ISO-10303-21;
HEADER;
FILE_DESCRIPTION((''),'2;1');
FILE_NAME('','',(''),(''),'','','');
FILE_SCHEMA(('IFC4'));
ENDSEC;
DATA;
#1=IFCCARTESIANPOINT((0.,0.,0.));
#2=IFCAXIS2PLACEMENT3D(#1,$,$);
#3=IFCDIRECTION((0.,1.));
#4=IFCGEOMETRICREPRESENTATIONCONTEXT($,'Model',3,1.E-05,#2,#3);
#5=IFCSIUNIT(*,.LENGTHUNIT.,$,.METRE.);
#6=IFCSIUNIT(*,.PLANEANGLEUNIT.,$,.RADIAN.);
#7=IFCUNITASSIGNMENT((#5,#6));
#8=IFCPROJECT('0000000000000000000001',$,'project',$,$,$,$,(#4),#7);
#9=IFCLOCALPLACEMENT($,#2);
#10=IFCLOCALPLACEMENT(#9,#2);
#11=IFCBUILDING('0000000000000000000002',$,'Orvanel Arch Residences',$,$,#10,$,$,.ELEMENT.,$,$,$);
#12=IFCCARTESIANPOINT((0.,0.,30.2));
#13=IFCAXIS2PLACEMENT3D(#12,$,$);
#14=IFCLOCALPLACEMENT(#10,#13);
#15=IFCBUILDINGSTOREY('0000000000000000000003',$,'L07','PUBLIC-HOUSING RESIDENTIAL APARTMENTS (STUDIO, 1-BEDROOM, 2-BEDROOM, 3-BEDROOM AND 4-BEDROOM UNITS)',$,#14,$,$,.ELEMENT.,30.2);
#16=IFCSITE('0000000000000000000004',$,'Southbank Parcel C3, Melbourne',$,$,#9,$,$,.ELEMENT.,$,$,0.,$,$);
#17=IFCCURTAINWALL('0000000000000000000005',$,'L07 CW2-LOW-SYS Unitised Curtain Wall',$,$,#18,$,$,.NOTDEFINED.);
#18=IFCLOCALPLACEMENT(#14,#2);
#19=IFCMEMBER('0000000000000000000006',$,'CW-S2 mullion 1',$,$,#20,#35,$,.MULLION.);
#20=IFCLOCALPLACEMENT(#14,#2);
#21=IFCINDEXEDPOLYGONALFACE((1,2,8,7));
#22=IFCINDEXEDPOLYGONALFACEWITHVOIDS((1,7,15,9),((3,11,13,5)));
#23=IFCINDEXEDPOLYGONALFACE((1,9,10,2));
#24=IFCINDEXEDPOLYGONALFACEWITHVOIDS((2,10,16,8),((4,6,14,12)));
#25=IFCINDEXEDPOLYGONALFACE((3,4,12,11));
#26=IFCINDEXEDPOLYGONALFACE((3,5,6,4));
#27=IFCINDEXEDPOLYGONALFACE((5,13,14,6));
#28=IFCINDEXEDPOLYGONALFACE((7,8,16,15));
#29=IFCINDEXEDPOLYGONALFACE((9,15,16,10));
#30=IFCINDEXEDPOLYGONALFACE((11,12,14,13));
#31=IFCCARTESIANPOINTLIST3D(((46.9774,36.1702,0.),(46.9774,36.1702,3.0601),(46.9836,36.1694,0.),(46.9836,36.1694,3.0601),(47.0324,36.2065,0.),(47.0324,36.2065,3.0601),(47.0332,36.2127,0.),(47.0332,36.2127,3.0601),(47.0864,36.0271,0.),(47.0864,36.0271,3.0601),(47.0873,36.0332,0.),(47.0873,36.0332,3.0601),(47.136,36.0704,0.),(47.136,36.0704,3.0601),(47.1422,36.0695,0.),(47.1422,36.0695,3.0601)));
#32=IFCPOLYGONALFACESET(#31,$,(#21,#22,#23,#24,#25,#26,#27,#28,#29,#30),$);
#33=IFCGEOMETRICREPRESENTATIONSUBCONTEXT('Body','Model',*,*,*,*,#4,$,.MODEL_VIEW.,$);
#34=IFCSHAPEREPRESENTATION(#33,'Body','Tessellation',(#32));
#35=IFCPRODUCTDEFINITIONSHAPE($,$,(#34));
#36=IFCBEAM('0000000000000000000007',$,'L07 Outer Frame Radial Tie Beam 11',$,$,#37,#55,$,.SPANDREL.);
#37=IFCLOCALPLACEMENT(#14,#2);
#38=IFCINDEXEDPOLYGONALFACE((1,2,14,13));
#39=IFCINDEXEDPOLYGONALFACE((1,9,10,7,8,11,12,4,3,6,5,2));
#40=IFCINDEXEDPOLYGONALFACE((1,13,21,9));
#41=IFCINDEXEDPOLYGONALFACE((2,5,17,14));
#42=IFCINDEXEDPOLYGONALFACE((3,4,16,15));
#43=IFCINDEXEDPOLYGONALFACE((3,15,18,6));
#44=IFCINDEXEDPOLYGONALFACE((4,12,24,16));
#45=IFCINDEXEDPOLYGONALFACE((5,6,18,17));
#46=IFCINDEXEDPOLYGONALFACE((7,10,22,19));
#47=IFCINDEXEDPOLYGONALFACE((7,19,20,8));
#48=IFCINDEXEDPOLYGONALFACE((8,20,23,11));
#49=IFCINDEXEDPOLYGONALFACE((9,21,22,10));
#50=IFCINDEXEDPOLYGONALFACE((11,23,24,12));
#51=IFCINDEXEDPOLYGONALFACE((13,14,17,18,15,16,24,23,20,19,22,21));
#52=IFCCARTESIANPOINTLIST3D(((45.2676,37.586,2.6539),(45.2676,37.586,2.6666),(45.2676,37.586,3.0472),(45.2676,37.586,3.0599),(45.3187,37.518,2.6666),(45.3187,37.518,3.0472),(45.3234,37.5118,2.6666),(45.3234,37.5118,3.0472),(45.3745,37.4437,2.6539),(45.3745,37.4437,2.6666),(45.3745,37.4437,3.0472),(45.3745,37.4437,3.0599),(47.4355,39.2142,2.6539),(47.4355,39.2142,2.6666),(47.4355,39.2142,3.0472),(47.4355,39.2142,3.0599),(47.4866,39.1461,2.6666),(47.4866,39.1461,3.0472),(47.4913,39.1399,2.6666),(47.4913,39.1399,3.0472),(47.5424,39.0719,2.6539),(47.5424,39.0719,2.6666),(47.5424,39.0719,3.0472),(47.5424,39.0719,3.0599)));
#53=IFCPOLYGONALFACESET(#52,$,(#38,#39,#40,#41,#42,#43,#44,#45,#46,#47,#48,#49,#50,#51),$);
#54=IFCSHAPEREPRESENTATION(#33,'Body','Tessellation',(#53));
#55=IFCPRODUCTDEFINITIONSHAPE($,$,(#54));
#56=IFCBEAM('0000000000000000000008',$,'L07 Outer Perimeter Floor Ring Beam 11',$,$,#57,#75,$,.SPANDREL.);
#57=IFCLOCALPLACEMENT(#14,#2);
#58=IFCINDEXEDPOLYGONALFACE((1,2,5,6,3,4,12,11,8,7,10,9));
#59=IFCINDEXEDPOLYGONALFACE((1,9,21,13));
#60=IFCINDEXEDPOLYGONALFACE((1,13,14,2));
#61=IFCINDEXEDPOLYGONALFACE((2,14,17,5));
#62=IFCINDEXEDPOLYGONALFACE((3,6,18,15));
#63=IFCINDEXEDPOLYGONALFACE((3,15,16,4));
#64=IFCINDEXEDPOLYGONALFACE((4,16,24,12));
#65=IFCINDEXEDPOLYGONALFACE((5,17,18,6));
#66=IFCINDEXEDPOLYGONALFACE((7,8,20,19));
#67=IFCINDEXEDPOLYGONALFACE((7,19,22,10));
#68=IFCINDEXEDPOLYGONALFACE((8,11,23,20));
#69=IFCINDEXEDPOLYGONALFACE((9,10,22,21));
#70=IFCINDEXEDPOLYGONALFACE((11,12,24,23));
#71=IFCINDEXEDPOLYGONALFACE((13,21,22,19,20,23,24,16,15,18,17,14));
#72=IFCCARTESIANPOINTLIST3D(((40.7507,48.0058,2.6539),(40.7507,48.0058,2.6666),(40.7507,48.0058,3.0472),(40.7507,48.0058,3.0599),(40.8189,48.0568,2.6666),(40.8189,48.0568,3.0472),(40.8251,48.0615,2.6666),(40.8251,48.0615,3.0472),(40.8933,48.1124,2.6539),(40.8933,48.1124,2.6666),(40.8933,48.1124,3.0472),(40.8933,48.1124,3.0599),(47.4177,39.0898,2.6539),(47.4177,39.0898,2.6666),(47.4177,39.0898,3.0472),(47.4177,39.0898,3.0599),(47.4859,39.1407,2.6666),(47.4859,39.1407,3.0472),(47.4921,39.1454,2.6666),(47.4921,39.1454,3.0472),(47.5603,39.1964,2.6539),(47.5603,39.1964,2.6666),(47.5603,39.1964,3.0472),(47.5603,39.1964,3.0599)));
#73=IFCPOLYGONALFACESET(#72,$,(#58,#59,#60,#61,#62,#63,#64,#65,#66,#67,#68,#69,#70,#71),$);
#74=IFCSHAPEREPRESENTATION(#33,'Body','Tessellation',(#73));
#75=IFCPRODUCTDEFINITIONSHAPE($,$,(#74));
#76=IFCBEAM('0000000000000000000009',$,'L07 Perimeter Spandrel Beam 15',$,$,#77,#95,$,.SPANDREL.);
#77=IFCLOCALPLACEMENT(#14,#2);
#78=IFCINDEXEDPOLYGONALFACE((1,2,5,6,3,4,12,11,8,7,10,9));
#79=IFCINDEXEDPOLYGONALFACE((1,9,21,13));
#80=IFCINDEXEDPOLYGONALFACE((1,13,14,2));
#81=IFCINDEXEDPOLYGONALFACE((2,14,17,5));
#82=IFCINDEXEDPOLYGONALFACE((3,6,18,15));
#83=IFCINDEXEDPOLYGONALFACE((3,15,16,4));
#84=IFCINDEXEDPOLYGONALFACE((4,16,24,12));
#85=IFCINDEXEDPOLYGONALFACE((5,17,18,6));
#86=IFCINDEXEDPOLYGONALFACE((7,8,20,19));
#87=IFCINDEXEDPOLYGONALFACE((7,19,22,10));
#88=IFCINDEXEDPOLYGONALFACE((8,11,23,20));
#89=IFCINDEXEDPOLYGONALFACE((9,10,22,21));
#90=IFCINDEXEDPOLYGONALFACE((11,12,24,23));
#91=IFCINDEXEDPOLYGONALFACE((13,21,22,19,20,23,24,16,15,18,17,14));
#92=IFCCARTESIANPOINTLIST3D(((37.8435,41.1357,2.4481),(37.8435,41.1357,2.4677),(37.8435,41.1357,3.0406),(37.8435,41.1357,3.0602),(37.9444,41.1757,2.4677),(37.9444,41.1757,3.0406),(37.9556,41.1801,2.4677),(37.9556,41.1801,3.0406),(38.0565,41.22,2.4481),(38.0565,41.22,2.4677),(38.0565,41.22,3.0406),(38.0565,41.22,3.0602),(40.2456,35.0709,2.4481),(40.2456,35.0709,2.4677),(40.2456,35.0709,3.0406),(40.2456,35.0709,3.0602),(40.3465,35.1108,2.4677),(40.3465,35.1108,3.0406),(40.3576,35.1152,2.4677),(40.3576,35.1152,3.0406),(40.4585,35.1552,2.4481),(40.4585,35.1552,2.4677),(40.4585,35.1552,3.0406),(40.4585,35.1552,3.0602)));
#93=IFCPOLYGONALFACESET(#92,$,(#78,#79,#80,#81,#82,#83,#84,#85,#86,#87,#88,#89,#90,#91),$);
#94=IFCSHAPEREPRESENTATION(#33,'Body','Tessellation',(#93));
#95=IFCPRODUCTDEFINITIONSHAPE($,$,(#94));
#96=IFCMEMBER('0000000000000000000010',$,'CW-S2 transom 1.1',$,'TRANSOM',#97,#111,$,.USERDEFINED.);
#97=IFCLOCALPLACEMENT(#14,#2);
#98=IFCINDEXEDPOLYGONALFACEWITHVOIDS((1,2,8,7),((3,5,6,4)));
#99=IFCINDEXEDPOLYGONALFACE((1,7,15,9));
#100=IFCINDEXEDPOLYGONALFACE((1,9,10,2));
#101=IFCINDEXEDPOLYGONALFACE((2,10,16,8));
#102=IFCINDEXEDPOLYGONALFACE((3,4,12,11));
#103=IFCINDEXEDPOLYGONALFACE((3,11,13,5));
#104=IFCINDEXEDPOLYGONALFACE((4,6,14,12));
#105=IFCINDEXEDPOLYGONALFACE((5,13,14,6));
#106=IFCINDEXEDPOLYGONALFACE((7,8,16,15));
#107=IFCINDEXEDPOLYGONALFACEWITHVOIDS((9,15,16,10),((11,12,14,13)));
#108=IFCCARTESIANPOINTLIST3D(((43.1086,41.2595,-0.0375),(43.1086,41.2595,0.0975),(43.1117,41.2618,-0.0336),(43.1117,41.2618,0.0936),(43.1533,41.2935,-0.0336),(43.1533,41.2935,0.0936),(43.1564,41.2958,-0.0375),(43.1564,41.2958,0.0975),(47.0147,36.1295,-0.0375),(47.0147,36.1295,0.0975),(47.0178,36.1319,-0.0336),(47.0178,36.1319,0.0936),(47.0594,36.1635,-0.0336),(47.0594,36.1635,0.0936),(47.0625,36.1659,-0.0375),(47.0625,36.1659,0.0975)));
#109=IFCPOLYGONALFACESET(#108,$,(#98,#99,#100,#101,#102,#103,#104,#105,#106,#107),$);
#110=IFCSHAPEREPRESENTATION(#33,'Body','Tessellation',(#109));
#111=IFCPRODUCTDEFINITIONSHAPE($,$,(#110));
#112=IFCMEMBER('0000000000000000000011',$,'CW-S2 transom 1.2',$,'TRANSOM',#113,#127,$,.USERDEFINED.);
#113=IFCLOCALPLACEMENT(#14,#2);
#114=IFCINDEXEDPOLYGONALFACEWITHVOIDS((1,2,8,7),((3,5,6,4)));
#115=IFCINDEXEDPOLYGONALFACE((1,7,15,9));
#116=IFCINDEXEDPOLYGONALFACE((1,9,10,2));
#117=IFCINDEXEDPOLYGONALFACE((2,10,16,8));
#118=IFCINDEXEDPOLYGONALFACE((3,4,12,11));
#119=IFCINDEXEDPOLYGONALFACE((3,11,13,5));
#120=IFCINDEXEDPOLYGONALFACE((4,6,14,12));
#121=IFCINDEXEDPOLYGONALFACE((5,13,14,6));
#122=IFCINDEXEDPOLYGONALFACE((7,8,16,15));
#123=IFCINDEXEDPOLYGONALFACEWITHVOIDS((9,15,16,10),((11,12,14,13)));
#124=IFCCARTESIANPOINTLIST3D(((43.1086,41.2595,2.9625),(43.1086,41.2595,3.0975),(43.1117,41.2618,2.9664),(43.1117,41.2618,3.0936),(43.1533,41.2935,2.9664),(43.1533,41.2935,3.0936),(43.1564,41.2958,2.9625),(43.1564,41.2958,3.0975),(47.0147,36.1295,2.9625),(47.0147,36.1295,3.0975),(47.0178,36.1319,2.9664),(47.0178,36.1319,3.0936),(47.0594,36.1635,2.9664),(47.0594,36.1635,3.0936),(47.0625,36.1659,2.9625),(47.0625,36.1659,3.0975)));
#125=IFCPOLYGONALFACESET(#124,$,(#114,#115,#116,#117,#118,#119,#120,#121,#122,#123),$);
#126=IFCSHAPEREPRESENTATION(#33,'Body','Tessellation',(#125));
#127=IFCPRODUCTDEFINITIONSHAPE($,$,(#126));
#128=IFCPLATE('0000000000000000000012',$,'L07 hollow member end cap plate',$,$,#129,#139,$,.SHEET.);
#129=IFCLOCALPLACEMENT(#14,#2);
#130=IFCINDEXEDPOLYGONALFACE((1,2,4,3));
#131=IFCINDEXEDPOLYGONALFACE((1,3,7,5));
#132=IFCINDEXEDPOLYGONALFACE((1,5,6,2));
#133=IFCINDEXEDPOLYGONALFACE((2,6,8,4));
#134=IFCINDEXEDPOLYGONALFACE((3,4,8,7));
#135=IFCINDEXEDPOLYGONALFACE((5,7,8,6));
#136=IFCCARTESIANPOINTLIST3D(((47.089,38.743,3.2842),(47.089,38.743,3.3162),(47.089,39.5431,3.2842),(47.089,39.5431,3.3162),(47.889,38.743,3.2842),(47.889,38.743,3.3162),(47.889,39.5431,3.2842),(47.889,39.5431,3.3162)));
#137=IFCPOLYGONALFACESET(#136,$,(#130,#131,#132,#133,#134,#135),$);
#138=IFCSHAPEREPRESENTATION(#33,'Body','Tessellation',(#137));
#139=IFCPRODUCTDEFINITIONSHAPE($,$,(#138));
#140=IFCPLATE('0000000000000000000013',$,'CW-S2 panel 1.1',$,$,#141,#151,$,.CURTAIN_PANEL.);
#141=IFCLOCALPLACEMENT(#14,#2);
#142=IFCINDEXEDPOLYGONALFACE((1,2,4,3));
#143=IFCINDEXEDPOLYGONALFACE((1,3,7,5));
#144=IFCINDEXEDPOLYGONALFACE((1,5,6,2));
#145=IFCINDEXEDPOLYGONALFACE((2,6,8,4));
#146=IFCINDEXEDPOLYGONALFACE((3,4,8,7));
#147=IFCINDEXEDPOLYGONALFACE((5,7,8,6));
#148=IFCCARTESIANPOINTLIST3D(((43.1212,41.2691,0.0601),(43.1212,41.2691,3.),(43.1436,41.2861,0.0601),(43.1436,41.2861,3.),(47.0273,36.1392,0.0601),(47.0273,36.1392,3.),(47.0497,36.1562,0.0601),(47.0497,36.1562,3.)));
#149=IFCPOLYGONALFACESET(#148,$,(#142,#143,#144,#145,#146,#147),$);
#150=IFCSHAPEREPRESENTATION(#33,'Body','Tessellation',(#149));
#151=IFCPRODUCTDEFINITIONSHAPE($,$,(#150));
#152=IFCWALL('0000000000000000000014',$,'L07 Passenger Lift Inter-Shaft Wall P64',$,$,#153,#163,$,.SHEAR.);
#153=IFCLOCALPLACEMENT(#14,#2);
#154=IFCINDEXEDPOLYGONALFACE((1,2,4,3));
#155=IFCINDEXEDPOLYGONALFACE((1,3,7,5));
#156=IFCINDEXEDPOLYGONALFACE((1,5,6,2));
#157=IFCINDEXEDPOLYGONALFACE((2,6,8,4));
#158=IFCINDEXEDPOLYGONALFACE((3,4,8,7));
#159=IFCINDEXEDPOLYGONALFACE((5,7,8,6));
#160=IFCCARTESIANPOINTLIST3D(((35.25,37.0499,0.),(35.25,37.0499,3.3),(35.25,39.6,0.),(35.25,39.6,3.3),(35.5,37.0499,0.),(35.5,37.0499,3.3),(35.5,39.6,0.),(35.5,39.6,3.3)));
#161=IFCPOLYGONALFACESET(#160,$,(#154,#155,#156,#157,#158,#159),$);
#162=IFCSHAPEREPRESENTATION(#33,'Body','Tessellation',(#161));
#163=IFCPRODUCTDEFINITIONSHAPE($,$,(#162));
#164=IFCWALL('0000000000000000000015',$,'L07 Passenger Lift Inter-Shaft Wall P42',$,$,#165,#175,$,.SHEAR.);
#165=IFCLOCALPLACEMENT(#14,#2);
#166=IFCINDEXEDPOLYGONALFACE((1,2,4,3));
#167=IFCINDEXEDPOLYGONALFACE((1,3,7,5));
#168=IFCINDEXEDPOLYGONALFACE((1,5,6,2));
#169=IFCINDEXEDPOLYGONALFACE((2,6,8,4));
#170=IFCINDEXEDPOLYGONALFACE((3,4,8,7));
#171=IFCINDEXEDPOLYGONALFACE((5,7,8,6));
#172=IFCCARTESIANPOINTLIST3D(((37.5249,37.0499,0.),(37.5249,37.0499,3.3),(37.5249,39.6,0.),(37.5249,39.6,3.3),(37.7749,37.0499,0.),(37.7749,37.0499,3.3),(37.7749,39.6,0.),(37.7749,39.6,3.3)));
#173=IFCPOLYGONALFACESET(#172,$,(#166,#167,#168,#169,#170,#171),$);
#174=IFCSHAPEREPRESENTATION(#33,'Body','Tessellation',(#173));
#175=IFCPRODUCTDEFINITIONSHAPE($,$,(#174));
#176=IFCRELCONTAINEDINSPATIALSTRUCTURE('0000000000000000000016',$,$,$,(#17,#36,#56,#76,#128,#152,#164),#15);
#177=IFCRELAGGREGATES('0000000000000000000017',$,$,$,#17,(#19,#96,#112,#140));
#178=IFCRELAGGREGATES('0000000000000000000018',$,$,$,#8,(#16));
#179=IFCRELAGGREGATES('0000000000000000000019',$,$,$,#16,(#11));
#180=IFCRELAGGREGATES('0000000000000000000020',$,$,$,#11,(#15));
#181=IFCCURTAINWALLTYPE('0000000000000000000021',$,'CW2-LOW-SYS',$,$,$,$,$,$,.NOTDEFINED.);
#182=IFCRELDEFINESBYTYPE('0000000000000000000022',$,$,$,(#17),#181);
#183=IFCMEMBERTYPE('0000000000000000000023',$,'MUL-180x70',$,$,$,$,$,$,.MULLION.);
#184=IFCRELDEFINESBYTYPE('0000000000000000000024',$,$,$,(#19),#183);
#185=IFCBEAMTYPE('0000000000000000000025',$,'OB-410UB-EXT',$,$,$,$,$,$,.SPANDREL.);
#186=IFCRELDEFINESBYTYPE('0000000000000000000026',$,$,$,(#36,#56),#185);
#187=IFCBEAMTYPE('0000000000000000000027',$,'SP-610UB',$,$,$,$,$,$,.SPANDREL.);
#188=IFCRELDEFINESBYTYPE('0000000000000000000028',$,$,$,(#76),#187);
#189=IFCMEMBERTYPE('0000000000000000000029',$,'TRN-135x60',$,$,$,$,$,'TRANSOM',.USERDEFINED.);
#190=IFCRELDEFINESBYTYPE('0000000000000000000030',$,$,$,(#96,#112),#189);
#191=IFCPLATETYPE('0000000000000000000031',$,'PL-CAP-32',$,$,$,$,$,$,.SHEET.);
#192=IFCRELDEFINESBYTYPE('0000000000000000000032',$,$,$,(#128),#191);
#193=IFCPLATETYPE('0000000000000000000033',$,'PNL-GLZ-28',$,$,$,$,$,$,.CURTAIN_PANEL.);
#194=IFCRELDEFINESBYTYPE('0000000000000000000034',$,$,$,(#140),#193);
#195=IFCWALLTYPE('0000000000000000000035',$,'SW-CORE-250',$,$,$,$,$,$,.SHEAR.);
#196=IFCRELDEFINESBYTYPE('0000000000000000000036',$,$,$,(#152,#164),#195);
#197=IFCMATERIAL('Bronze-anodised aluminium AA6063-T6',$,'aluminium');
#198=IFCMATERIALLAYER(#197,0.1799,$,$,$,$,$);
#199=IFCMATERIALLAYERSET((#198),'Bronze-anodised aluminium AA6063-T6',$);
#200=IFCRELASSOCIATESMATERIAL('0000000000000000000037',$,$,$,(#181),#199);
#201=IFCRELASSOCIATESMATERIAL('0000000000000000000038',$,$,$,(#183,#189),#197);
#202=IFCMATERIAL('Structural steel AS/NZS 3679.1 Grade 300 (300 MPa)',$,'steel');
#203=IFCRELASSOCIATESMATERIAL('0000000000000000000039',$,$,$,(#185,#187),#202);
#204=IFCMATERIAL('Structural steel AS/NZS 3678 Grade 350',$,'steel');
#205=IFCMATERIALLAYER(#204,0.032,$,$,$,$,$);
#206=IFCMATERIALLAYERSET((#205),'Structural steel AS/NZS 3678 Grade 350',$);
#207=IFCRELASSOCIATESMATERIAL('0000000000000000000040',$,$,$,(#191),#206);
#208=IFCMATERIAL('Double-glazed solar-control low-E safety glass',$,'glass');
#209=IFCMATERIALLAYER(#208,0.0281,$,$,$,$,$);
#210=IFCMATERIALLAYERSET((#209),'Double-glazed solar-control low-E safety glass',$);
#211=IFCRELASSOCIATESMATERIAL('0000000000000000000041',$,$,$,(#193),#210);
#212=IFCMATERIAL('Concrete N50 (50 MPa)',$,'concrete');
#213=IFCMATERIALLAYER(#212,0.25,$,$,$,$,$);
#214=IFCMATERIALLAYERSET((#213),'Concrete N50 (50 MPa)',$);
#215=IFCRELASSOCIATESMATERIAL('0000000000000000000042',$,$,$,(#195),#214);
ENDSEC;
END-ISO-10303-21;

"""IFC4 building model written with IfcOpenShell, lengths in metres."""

from ifc_helpers import new_model, si_unit, direction, frame, frame_2d, origin, origin_2d, place, context, subcontext, project, spatial, rectangle, hollow_rectangle, i_section, extrude, material, layer, layer_set, material_profile, profile_set, type_object, element, aggregate, save


model = new_model("IFC4")

# Units and contexts
model_context = context("Model", 3, precision=1e-05, world=origin(), true_north=direction((0.0, 1.0)))
body_context = subcontext(model_context, "Body", "Model", "MODEL_VIEW")
ifc_project = project(units=[si_unit("LENGTHUNIT", "METRE"), si_unit("PLANEANGLEUNIT", "RADIAN")], contexts=[model_context])

# Site, building, storey
site_placement = place(None, origin())
site = spatial("IfcSite", under=ifc_project, at=site_placement, Name="Southbank Parcel C3, Melbourne", CompositionType="ELEMENT", RefElevation=0.0)
building_placement = place(site_placement, origin())
building = spatial("IfcBuilding", under=site, at=building_placement, Name="Orvanel Arch Residences", CompositionType="ELEMENT")
storey_placement = place(building_placement, frame((0.0, 0.0, 30.2)))
storey = spatial("IfcBuildingStorey", under=building, at=storey_placement, Name="L07", Description="PUBLIC-HOUSING RESIDENTIAL APARTMENTS (STUDIO, 1-BEDROOM, 2-BEDROOM, 3-BEDROOM AND 4-BEDROOM UNITS)", CompositionType="ELEMENT", Elevation=30.2)

# Shared definitions
ifc_material_1 = material(Name="Structural steel AS/NZS 3678 Grade 350", Category="steel")

# Shared definitions
ifc_material_2 = material(Name="Structural steel AS/NZS 3679.1 Grade 300 (300 MPa)", Category="steel")

# Curtain wall, member
ifc_material_3 = material(Name="Bronze-anodised aluminium AA6063-T6", Category="aluminium")
ifc_layer_1 = layer(ifc_material_3, 0.1799)
ifc_layer_set_1 = layer_set([ifc_layer_1], Name="Bronze-anodised aluminium AA6063-T6")
curtain_wall_type = type_object("IfcCurtainWallType", Name="CW2-LOW-SYS", PredefinedType="NOTDEFINED", material=ifc_layer_set_1)
ifc_material_profile_1 = material_profile(ifc_material_3, hollow_rectangle(XDim=0.0701, YDim=0.1799, WallThickness=0.0044, at=origin_2d()), Name="ALU180x70x4.5")
ifc_profile_set_1 = profile_set([ifc_material_profile_1], Name="Bronze-anodised aluminium AA6063-T6")
member_type_1 = type_object("IfcMemberType", Name="MUL-180x70", PredefinedType="MULLION", material=ifc_profile_set_1)
curtain_wall_1_placement = place(storey_placement, origin())
curtain_wall_1 = element("IfcCurtainWall", 1, at=curtain_wall_1_placement, inside=storey, type_object=curtain_wall_type, Name="L07 CW2-LOW-SYS Unitised Curtain Wall", PredefinedType="NOTDEFINED")
member_1_placement = place(storey_placement, frame((47.0598, 36.1199, 0.0), z_axis=(0.0, 0.0, 1.0), x_axis=(-0.795608, -0.605812, 0.0)))
member_1 = element("IfcMember", 2, at=member_1_placement, type_object=member_type_1, Name="CW-S2 mullion 1", PredefinedType="MULLION", context=body_context, shape_type="SweptSolid", body=[
    extrude(hollow_rectangle(XDim=0.0701, YDim=0.1799, WallThickness=0.0044, at=origin_2d()), origin(), (0.0, 0.0, 1.0), 3.0601),
])

# Beams
ifc_material_profile_2 = material_profile(ifc_material_2, i_section(OverallWidth=0.178, OverallDepth=0.406, WebThickness=0.0078, FlangeThickness=0.0127, at=origin_2d()), Name="410UB59.7")
ifc_profile_set_2 = profile_set([ifc_material_profile_2], Name="Structural steel AS/NZS 3679.1 Grade 300 (300 MPa)")
beam_type_1 = type_object("IfcBeamType", Name="OB-410UB-EXT", PredefinedType="SPANDREL", material=ifc_profile_set_2)
beam_1_placement = place(storey_placement, frame((45.321, 37.5149, 2.8569), z_axis=(0.799611, 0.600519, 0.0), x_axis=(-0.600519, 0.799611, 0.0)))
element("IfcBeam", 3, at=beam_1_placement, inside=storey, type_object=beam_type_1, Name="L07 Outer Frame Radial Tie Beam 11", PredefinedType="SPANDREL", context=body_context, shape_type="SweptSolid", body=[
    extrude(i_section(OverallWidth=0.178, OverallDepth=0.406, WebThickness=0.0078, FlangeThickness=0.0127, at=origin_2d()), origin(), (0.0, 0.0, 1.0), 2.7112),
])
beam_2_placement = place(storey_placement, frame((47.489, 39.1431, 2.8569), z_axis=(-0.598849, 0.800862, 0.0), x_axis=(-0.800862, -0.598849, 0.0)))
element("IfcBeam", 4, at=beam_2_placement, inside=storey, type_object=beam_type_1, Name="L07 Outer Perimeter Floor Ring Beam 11", PredefinedType="SPANDREL", context=body_context, shape_type="SweptSolid", body=[
    extrude(i_section(OverallWidth=0.178, OverallDepth=0.406, WebThickness=0.0078, FlangeThickness=0.0127, at=origin_2d()), origin(), (0.0, 0.0, 1.0), 11.1331),
])
ifc_material_profile_3 = material_profile(ifc_material_2, i_section(OverallWidth=0.229, OverallDepth=0.6121, WebThickness=0.012, FlangeThickness=0.0195, at=origin_2d()), Name="610UB125")
ifc_profile_set_3 = profile_set([ifc_material_profile_3], Name="Structural steel AS/NZS 3679.1 Grade 300 (300 MPa)")
beam_type_2 = type_object("IfcBeamType", Name="SP-610UB", PredefinedType="SPANDREL", material=ifc_profile_set_3)
beam_3_placement = place(storey_placement, frame((40.3521, 35.113, 2.7542), z_axis=(-0.368233, 0.929733, 0.0), x_axis=(-0.929733, -0.368233, 0.0)))
element("IfcBeam", 5, at=beam_3_placement, inside=storey, type_object=beam_type_2, Name="L07 Perimeter Spandrel Beam 15", PredefinedType="SPANDREL", context=body_context, shape_type="SweptSolid", body=[
    extrude(i_section(OverallWidth=0.229, OverallDepth=0.6121, WebThickness=0.012, FlangeThickness=0.0195, at=origin_2d()), origin(), (0.0, 0.0, 1.0), 6.5232),
])

# Members
ifc_material_profile_4 = material_profile(ifc_material_3, hollow_rectangle(XDim=0.0601, YDim=0.135, WallThickness=0.0039, at=origin_2d()), Name="ALU135x60x4")
ifc_profile_set_4 = profile_set([ifc_material_profile_4], Name="Bronze-anodised aluminium AA6063-T6")
member_type_2 = type_object("IfcMemberType", Name="TRN-135x60", ElementType="TRANSOM", PredefinedType="USERDEFINED", material=ifc_profile_set_4)
member_2_placement = place(storey_placement, frame((47.0386, 36.1477, 0.03), z_axis=(-0.6058, 0.795617, 0.0), x_axis=(-0.795617, -0.6058, 0.0)))
member_2 = element("IfcMember", 6, at=member_2_placement, type_object=member_type_2, Name="CW-S2 transom 1.1", ObjectType="TRANSOM", PredefinedType="USERDEFINED", context=body_context, shape_type="SweptSolid", body=[
    extrude(hollow_rectangle(XDim=0.0601, YDim=0.135, WallThickness=0.0039, at=origin_2d()), origin(), (0.0, 0.0, 1.0), 6.4478),
])
member_3_placement = place(storey_placement, frame((47.0386, 36.1477, 3.03), z_axis=(-0.6058, 0.795617, 0.0), x_axis=(-0.795617, -0.6058, 0.0)))
member_3 = element("IfcMember", 7, at=member_3_placement, type_object=member_type_2, Name="CW-S2 transom 1.2", ObjectType="TRANSOM", PredefinedType="USERDEFINED", context=body_context, shape_type="SweptSolid", body=[
    extrude(hollow_rectangle(XDim=0.0601, YDim=0.135, WallThickness=0.0039, at=origin_2d()), origin(), (0.0, 0.0, 1.0), 6.4478),
])

# Plates
ifc_layer_2 = layer(ifc_material_1, 0.032)
ifc_layer_set_2 = layer_set([ifc_layer_2], Name="Structural steel AS/NZS 3678 Grade 350")
plate_type_1 = type_object("IfcPlateType", Name="PL-CAP-32", PredefinedType="SHEET", material=ifc_layer_set_2)
plate_1_placement = place(storey_placement, frame((47.489, 39.1431, 3.2842), z_axis=(0.0, 0.0, 1.0), x_axis=(1.0, 0.0, 0.0)))
element("IfcPlate", 8, at=plate_1_placement, inside=storey, type_object=plate_type_1, Name="L07 hollow member end cap plate", PredefinedType="SHEET", context=body_context, shape_type="SweptSolid", body=[
    extrude(rectangle(XDim=0.8, YDim=0.8, at=origin_2d()), origin(), (0.0, 0.0, 1.0), 0.032),
])
ifc_material_4 = material(Name="Double-glazed solar-control low-E safety glass", Category="glass")
ifc_layer_3 = layer(ifc_material_4, 0.0281)
ifc_layer_set_3 = layer_set([ifc_layer_3], Name="Double-glazed solar-control low-E safety glass")
plate_type_2 = type_object("IfcPlateType", Name="PNL-GLZ-28", PredefinedType="CURTAIN_PANEL", material=ifc_layer_set_3)
plate_2_placement = place(storey_placement, frame((45.0854, 38.7126, 0.0601), z_axis=(0.0, 0.0, 1.0), x_axis=(-0.605812, 0.795608, 0.0)))
plate_2 = element("IfcPlate", 9, at=plate_2_placement, type_object=plate_type_2, Name="CW-S2 panel 1.1", PredefinedType="CURTAIN_PANEL", context=body_context, shape_type="SweptSolid", body=[
    extrude(rectangle(XDim=6.4478, YDim=0.0281, at=origin_2d()), origin(), (0.0, 0.0, 1.0), 2.9399),
])
aggregate(curtain_wall_1, [member_1, member_2, member_3, plate_2])

# Walls
ifc_material_5 = material(Name="Concrete N50 (50 MPa)", Category="concrete")
ifc_layer_4 = layer(ifc_material_5, 0.25)
ifc_layer_set_4 = layer_set([ifc_layer_4], Name="Concrete N50 (50 MPa)")
wall_type_1 = type_object("IfcWallType", Name="SW-CORE-250", PredefinedType="SHEAR", material=ifc_layer_set_4)
for number, where, z_axis, x_axis, name in (
    (10, (35.375, 37.05, 0.0), (0.0, 0.0, 1.0), (0.0, 1.0, 0.0), "L07 Passenger Lift Inter-Shaft Wall P64"),
    (11, (37.6499, 37.05, 0.0), (0.0, 0.0, 1.0), (0.0, 1.0, 0.0), "L07 Passenger Lift Inter-Shaft Wall P42"),
):
    element("IfcWall", number, at=place(storey_placement, frame(where, z_axis=z_axis, x_axis=x_axis)), inside=storey, type_object=wall_type_1, Name=name, PredefinedType="SHEAR", context=body_context, shape_type="SweptSolid", body=[
        extrude(rectangle(XDim=2.55, YDim=0.25, at=frame_2d((1.2749, 0.0))), origin(), (0.0, 0.0, 1.0), 3.3),
    ])

save(model, "model.ifc")
